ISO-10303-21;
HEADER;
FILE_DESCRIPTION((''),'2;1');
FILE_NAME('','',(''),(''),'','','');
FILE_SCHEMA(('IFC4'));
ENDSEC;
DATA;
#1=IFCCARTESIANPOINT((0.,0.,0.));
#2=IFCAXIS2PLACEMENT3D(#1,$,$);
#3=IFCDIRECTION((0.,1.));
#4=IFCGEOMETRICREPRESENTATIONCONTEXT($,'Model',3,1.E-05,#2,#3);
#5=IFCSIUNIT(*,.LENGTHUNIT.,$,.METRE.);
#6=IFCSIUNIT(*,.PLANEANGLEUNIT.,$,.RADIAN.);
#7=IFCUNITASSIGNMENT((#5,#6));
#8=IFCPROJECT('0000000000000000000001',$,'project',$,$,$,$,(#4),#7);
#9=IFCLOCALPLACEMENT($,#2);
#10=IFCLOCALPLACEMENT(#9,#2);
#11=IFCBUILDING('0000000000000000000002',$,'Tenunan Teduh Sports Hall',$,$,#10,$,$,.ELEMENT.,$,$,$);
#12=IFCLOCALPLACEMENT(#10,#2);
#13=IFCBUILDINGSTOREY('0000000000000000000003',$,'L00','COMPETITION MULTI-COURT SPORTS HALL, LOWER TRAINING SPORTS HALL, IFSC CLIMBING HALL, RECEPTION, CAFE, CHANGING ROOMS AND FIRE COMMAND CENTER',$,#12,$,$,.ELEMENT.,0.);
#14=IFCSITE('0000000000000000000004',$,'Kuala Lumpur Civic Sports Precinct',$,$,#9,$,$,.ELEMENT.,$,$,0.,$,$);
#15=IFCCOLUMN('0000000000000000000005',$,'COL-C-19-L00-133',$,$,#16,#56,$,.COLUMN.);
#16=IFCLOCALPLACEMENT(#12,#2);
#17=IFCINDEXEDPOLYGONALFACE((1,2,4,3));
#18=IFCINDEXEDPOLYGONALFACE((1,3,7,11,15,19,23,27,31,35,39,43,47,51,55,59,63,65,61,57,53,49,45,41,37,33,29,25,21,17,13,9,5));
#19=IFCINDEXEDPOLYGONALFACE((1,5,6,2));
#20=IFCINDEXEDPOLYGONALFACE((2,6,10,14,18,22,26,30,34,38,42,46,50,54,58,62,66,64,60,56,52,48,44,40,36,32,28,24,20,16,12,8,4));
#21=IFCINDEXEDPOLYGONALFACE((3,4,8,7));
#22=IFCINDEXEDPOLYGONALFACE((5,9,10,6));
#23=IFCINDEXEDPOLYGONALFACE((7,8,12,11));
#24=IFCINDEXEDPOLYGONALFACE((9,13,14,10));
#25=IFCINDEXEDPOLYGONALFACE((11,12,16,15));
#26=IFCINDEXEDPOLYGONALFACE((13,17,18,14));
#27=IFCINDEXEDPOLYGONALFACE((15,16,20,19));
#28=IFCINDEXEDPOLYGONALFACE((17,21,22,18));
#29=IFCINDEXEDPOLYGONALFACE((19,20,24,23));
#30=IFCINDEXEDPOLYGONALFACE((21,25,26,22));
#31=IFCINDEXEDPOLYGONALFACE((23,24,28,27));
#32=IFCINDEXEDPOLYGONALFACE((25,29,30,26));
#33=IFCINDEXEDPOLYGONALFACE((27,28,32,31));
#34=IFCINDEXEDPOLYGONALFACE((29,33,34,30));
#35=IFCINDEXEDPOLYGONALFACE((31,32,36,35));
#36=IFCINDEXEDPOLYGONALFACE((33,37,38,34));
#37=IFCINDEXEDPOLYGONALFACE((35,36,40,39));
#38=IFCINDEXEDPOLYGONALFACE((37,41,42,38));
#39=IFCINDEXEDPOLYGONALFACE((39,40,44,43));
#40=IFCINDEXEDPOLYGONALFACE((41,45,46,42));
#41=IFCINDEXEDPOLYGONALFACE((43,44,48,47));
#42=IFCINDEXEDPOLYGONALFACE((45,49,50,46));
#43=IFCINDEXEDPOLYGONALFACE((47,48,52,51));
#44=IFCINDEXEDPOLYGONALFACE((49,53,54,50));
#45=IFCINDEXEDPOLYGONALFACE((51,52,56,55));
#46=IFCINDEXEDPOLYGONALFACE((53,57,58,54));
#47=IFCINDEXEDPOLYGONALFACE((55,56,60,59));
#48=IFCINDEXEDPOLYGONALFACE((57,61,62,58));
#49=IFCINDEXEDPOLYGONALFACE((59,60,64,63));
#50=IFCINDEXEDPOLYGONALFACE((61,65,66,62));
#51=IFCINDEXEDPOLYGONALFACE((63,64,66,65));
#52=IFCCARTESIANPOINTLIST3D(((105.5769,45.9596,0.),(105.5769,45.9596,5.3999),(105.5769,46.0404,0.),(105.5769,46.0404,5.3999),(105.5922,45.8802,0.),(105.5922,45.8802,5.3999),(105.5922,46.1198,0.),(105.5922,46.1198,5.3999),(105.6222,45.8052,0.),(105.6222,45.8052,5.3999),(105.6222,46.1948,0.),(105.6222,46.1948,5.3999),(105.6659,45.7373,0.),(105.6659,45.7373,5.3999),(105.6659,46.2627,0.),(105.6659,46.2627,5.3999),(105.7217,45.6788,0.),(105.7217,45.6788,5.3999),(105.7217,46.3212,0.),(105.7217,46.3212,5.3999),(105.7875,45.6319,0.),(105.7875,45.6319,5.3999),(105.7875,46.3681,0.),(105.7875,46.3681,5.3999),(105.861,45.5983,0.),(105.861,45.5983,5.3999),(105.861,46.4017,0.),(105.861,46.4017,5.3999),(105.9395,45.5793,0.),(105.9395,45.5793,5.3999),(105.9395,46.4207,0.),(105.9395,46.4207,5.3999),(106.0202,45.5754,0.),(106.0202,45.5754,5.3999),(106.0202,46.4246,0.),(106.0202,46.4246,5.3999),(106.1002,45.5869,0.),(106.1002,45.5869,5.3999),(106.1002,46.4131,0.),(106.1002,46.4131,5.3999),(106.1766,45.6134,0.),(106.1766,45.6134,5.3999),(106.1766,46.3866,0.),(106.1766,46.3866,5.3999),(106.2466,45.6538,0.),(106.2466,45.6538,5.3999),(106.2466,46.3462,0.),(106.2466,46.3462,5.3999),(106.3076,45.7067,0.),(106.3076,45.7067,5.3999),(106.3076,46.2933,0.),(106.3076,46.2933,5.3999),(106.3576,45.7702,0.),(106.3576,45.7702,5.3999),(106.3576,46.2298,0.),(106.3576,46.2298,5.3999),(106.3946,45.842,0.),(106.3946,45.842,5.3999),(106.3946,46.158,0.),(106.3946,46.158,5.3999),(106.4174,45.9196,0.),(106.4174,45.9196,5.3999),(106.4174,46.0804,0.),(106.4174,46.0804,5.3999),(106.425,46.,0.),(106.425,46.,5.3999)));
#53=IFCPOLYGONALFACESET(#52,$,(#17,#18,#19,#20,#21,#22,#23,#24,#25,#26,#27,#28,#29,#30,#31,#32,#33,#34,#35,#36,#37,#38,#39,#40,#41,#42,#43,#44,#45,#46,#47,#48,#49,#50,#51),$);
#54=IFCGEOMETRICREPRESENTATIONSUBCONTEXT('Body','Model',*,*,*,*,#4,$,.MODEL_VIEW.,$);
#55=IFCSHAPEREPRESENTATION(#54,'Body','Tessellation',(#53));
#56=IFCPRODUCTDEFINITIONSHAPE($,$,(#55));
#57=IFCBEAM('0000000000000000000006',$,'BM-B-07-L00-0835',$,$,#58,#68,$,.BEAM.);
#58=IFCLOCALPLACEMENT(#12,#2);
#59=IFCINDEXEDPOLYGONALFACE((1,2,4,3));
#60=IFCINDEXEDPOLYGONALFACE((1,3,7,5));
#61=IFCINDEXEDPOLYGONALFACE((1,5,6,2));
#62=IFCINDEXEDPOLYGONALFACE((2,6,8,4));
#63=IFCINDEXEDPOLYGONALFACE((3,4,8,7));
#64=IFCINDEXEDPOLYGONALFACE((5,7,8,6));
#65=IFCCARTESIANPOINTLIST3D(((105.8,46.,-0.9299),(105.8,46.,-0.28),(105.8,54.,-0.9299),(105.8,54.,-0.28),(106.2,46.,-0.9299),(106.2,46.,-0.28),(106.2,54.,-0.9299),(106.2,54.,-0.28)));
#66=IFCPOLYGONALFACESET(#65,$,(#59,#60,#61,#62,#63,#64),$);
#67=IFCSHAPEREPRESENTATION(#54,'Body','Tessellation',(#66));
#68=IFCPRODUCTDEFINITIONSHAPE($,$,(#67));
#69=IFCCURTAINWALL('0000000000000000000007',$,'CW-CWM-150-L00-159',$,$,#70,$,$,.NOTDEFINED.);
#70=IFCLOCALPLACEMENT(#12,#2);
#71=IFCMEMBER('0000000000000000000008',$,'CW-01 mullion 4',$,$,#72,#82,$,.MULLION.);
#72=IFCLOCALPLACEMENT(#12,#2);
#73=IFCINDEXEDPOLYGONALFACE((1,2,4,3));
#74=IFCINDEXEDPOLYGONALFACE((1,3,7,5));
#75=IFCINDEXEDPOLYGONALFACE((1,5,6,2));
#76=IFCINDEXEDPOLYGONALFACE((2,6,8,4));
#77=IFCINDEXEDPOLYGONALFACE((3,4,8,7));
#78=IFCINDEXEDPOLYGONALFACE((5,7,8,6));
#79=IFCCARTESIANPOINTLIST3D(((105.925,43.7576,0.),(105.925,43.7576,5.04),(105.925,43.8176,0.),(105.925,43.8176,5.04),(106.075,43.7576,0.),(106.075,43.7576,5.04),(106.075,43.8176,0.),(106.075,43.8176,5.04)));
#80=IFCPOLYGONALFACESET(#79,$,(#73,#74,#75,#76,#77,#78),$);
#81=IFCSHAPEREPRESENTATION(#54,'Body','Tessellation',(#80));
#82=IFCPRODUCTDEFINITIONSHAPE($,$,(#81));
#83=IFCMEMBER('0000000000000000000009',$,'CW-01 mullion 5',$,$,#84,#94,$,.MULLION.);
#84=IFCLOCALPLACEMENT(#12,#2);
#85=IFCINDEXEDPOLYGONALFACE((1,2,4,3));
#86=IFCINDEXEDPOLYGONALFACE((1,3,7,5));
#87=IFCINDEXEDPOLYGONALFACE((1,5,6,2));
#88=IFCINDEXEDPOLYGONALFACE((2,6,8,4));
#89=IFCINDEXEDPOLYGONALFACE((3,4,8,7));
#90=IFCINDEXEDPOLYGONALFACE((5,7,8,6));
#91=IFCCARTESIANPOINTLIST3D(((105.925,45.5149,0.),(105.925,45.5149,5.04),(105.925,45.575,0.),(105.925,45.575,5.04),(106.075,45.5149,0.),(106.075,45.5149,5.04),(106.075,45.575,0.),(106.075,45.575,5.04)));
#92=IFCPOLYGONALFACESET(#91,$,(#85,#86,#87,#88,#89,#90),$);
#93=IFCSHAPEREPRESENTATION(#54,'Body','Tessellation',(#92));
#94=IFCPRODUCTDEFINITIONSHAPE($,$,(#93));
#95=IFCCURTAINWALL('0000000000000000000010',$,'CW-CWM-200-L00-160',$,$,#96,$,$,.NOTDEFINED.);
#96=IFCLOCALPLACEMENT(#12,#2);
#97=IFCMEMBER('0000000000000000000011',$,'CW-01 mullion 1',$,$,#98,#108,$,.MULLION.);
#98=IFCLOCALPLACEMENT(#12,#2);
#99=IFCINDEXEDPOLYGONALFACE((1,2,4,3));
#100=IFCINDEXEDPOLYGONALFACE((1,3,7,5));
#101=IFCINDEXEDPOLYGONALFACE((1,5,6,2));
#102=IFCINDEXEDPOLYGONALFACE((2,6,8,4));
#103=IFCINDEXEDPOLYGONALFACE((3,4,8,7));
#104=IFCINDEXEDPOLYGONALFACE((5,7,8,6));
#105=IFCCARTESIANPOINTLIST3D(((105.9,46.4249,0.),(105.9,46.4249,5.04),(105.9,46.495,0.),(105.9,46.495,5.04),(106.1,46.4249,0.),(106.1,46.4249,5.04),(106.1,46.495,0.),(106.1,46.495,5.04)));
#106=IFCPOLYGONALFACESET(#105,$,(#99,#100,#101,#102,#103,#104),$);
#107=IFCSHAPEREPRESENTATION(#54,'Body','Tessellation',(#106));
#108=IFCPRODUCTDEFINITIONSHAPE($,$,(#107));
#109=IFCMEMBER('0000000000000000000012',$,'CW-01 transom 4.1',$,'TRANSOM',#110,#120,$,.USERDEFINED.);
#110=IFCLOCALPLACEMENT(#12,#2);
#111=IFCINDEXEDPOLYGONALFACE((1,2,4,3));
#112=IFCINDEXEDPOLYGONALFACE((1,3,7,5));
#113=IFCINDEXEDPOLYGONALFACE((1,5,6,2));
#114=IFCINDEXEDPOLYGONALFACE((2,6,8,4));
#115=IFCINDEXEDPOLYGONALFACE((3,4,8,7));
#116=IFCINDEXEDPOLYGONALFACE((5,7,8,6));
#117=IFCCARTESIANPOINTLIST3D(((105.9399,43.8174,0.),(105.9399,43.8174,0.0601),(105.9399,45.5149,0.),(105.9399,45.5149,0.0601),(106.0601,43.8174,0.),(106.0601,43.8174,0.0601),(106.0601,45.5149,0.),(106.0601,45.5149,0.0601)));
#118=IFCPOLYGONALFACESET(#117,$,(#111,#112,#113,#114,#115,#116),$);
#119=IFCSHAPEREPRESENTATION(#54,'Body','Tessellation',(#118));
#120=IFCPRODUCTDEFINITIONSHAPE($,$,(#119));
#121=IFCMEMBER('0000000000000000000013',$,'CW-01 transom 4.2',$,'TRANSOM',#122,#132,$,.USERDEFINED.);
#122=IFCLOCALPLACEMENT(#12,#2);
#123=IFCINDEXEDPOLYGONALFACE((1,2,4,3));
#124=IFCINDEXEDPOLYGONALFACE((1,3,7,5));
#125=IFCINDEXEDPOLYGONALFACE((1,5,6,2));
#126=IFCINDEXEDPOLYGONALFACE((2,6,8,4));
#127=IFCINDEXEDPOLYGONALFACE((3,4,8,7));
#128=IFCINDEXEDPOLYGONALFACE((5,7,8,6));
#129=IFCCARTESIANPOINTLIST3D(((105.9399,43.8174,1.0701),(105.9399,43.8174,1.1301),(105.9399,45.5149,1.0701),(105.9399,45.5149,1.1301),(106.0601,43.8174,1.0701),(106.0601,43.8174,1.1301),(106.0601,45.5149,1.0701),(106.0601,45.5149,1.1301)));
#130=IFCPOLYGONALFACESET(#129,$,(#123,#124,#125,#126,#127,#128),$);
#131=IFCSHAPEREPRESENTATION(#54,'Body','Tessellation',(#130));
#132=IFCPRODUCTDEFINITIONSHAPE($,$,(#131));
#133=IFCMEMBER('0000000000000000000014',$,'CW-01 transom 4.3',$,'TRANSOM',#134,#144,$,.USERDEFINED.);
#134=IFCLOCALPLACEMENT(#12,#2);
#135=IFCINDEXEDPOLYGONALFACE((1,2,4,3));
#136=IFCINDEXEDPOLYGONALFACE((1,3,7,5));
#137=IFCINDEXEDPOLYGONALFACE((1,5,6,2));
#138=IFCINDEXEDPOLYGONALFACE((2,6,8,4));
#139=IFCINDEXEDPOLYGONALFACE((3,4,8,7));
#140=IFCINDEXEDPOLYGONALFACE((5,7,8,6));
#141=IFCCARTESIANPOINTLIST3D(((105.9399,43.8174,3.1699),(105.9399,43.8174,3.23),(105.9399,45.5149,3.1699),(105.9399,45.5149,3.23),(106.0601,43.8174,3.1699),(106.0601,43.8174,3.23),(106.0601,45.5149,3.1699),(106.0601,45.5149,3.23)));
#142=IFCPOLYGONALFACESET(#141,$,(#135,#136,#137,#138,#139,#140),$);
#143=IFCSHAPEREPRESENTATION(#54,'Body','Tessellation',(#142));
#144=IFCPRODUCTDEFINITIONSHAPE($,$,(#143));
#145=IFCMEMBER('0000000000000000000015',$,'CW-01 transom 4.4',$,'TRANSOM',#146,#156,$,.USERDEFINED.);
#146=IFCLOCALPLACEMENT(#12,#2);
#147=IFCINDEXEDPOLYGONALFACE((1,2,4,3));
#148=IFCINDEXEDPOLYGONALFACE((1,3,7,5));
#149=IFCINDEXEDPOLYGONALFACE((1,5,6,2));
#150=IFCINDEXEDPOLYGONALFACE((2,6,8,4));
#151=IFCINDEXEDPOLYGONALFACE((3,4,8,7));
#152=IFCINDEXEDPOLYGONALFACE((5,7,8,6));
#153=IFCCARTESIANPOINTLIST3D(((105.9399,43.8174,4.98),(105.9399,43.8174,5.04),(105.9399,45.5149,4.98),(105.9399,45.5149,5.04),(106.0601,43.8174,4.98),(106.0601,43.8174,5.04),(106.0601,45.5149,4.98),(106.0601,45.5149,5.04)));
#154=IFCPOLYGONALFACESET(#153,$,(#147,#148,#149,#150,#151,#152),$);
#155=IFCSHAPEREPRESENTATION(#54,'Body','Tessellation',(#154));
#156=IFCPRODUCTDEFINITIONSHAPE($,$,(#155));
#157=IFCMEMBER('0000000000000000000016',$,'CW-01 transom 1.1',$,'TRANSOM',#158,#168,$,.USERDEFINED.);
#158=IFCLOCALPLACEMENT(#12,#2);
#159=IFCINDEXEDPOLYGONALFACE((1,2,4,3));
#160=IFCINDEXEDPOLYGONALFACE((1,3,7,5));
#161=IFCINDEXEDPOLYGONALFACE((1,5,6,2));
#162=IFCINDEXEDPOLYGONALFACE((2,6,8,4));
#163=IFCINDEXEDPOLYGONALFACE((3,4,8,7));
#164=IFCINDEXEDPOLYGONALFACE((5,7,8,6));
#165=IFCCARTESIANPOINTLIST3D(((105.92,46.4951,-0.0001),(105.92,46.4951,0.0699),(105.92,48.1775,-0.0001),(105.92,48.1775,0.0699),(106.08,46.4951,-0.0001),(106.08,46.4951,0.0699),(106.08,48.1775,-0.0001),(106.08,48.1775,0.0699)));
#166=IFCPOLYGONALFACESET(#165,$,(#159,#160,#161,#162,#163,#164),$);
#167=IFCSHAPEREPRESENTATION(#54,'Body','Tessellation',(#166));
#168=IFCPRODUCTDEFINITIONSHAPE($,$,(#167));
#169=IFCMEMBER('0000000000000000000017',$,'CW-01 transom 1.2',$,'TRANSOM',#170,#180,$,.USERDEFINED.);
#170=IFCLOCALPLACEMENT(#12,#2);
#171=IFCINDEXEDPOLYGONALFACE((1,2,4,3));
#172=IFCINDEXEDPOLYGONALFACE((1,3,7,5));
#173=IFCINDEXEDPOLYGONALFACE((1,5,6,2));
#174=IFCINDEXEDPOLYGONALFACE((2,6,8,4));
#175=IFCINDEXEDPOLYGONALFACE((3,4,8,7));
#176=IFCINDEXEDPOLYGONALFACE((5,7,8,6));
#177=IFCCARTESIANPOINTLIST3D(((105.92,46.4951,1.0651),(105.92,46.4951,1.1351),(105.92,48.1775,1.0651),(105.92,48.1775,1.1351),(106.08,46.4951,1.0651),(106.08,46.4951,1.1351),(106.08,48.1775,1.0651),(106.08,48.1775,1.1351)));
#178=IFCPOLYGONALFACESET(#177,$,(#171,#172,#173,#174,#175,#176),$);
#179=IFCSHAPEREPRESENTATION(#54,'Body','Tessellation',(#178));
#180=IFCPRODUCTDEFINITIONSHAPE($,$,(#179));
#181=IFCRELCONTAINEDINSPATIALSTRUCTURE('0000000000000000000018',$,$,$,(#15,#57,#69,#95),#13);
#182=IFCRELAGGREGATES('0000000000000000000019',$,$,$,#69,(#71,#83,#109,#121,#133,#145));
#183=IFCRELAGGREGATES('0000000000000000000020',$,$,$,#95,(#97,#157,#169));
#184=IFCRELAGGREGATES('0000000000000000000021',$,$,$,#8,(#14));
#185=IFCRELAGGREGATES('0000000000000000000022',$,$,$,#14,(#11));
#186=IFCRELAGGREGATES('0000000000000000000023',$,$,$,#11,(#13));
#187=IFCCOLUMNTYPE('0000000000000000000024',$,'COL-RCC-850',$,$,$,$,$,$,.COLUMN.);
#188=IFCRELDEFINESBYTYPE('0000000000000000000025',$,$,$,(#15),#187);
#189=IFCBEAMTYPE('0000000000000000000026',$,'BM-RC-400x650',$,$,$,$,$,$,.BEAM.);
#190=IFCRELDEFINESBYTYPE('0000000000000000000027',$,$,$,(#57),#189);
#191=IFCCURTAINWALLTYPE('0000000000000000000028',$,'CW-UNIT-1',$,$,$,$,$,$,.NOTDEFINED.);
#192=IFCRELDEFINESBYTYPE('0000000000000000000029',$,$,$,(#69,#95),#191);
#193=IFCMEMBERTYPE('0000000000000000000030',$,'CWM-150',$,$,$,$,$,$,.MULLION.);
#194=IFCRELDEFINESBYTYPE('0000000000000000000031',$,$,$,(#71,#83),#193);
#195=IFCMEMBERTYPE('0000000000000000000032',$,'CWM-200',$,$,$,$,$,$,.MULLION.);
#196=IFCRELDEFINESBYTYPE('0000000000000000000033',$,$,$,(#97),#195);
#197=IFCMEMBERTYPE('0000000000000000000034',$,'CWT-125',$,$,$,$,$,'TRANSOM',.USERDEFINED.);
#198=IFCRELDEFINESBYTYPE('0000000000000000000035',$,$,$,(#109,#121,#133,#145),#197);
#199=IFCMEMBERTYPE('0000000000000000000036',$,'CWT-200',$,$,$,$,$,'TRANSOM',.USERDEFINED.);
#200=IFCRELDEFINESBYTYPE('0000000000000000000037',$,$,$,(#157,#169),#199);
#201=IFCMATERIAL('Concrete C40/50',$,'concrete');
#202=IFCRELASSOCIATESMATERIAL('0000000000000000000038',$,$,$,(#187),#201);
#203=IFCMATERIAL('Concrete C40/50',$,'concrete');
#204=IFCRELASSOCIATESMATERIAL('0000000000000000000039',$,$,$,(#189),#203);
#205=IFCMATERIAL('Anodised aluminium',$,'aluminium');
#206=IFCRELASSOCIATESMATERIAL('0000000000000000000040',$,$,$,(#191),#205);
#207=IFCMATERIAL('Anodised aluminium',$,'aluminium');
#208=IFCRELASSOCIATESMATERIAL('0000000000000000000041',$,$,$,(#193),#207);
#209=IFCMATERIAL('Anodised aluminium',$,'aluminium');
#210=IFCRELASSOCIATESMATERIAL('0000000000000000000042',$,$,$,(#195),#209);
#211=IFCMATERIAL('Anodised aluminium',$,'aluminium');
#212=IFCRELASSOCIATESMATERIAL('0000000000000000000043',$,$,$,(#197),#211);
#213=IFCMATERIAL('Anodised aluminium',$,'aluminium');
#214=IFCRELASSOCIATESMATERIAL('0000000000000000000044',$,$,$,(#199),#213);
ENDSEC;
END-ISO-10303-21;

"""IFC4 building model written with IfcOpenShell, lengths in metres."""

from ifc_helpers import new_model, si_unit, direction, frame, origin, origin_2d, place, context, subcontext, project, spatial, rectangle, circle, extrude, material, material_profile, profile_set, type_object, element, aggregate, save


model = new_model("IFC4")

# Units and contexts
model_context = context("Model", 3, precision=1e-05, world=origin(), true_north=direction((0.0, 1.0)))
body_context = subcontext(model_context, "Body", "Model", "MODEL_VIEW")
ifc_project = project(units=[si_unit("LENGTHUNIT", "METRE"), si_unit("PLANEANGLEUNIT", "RADIAN")], contexts=[model_context])

# Site, building, storey
site_placement = place(None, origin())
site = spatial("IfcSite", under=ifc_project, at=site_placement, Name="Kuala Lumpur Civic Sports Precinct", CompositionType="ELEMENT", RefElevation=0.0)
building_placement = place(site_placement, origin())
building = spatial("IfcBuilding", under=site, at=building_placement, Name="Tenunan Teduh Sports Hall", CompositionType="ELEMENT")
storey_placement = place(building_placement, origin())
storey = spatial("IfcBuildingStorey", under=building, at=storey_placement, Name="L00", Description="COMPETITION MULTI-COURT SPORTS HALL, LOWER TRAINING SPORTS HALL, IFSC CLIMBING HALL, RECEPTION, CAFE, CHANGING ROOMS AND FIRE COMMAND CENTER", CompositionType="ELEMENT", Elevation=0.0)

# Column
ifc_material_1 = material(Name="Concrete C40/50", Category="concrete")
ifc_material_profile_1 = material_profile(ifc_material_1, circle(Radius=0.425, at=origin_2d()), Name="RCC D850")
ifc_profile_set_1 = profile_set([ifc_material_profile_1], Name="Concrete C40/50")
column_type = type_object("IfcColumnType", Name="COL-RCC-850", PredefinedType="COLUMN", material=ifc_profile_set_1)
column_placement = place(storey_placement, frame((106.0, 46.0, 0.0), z_axis=(0.0, 0.0, 1.0), x_axis=(1.0, 0.0, 0.0)))
element("IfcColumn", 1, at=column_placement, inside=storey, type_object=column_type, Name="COL-C-19-L00-133", PredefinedType="COLUMN", context=body_context, shape_type="SweptSolid", body=[
    extrude(circle(Radius=0.425, at=origin_2d()), origin(), (0.0, 0.0, 1.0), 5.3999),
])

# Beam
ifc_material_2 = material(Name="Concrete C40/50", Category="concrete")
ifc_material_profile_2 = material_profile(ifc_material_2, rectangle(XDim=0.3999, YDim=0.6499, at=origin_2d()), Name="RCB 400x650")
ifc_profile_set_2 = profile_set([ifc_material_profile_2], Name="Concrete C40/50")
beam_type_1 = type_object("IfcBeamType", Name="BM-RC-400x650", PredefinedType="BEAM", material=ifc_profile_set_2)
beam_1_placement = place(storey_placement, frame((106.0, 46.0, -0.605), z_axis=(0.0, 1.0, 0.0), x_axis=(-1.0, 0.0, 0.0)))
element("IfcBeam", 2, at=beam_1_placement, inside=storey, type_object=beam_type_1, Name="BM-B-07-L00-0835", PredefinedType="BEAM", context=body_context, shape_type="SweptSolid", body=[
    extrude(rectangle(XDim=0.3999, YDim=0.6499, at=origin_2d()), origin(), (0.0, 0.0, 1.0), 8.0),
])

# Curtain wall, members
ifc_material_3 = material(Name="Anodised aluminium", Category="aluminium")
curtain_wall_type = type_object("IfcCurtainWallType", Name="CW-UNIT-1", PredefinedType="NOTDEFINED", material=ifc_material_3)
curtain_wall_1_placement = place(storey_placement, origin())
curtain_wall_1 = element("IfcCurtainWall", 3, at=curtain_wall_1_placement, inside=storey, type_object=curtain_wall_type, Name="CW-CWM-150-L00-159", PredefinedType="NOTDEFINED")
ifc_material_4 = material(Name="Anodised aluminium", Category="aluminium")
ifc_material_profile_3 = material_profile(ifc_material_4, rectangle(XDim=0.0601, YDim=0.1499, at=origin_2d()), Name="CWM 60x150")
ifc_profile_set_3 = profile_set([ifc_material_profile_3], Name="Anodised aluminium")
member_type_1 = type_object("IfcMemberType", Name="CWM-150", PredefinedType="MULLION", material=ifc_profile_set_3)
member_1_placement = place(storey_placement, frame((106.0, 43.7876, 0.0), z_axis=(0.0, 0.0, 1.0), x_axis=(0.0, 1.0, 0.0)))
member_1 = element("IfcMember", 4, at=member_1_placement, type_object=member_type_1, Name="CW-01 mullion 4", PredefinedType="MULLION", context=body_context, shape_type="SweptSolid", body=[
    extrude(rectangle(XDim=0.0601, YDim=0.1499, at=origin_2d()), origin(), (0.0, 0.0, 1.0), 5.04),
])
member_2_placement = place(storey_placement, frame((106.0, 45.5449, 0.0), z_axis=(0.0, 0.0, 1.0), x_axis=(0.0, 1.0, 0.0)))
member_2 = element("IfcMember", 5, at=member_2_placement, type_object=member_type_1, Name="CW-01 mullion 5", PredefinedType="MULLION", context=body_context, shape_type="SweptSolid", body=[
    extrude(rectangle(XDim=0.0601, YDim=0.1499, at=origin_2d()), origin(), (0.0, 0.0, 1.0), 5.04),
])

# Curtain wall, member
curtain_wall_2_placement = place(storey_placement, origin())
curtain_wall_2 = element("IfcCurtainWall", 6, at=curtain_wall_2_placement, inside=storey, type_object=curtain_wall_type, Name="CW-CWM-200-L00-160", PredefinedType="NOTDEFINED")
ifc_material_5 = material(Name="Anodised aluminium", Category="aluminium")
ifc_material_profile_4 = material_profile(ifc_material_5, rectangle(XDim=0.0701, YDim=0.2, at=origin_2d()), Name="CWM 70x200")
ifc_profile_set_4 = profile_set([ifc_material_profile_4], Name="Anodised aluminium")
member_type_2 = type_object("IfcMemberType", Name="CWM-200", PredefinedType="MULLION", material=ifc_profile_set_4)
member_3_placement = place(storey_placement, frame((106.0, 46.46, 0.0), z_axis=(0.0, 0.0, 1.0), x_axis=(0.0, 1.0, 0.0)))
member_3 = element("IfcMember", 7, at=member_3_placement, type_object=member_type_2, Name="CW-01 mullion 1", PredefinedType="MULLION", context=body_context, shape_type="SweptSolid", body=[
    extrude(rectangle(XDim=0.0701, YDim=0.2, at=origin_2d()), origin(), (0.0, 0.0, 1.0), 5.04),
])

# Members
ifc_material_6 = material(Name="Anodised aluminium", Category="aluminium")
ifc_material_profile_5 = material_profile(ifc_material_6, rectangle(XDim=0.0601, YDim=0.1201, at=origin_2d()), Name="CWT 60x120")
ifc_profile_set_5 = profile_set([ifc_material_profile_5], Name="Anodised aluminium")
member_type_3 = type_object("IfcMemberType", Name="CWT-125", ElementType="TRANSOM", PredefinedType="USERDEFINED", material=ifc_profile_set_5)
member_4_placement = place(storey_placement, frame((106.0, 43.8174, 0.03), z_axis=(0.0, 1.0, 0.0), x_axis=(0.0, 0.0, 1.0)))
member_4 = element("IfcMember", 8, at=member_4_placement, type_object=member_type_3, Name="CW-01 transom 4.1", ObjectType="TRANSOM", PredefinedType="USERDEFINED", context=body_context, shape_type="SweptSolid", body=[
    extrude(rectangle(XDim=0.0601, YDim=0.1201, at=origin_2d()), origin(), (0.0, 0.0, 1.0), 1.6975),
])
member_5_placement = place(storey_placement, frame((106.0, 43.8174, 1.1001), z_axis=(0.0, 1.0, 0.0), x_axis=(0.0, 0.0, 1.0)))
member_5 = element("IfcMember", 9, at=member_5_placement, type_object=member_type_3, Name="CW-01 transom 4.2", ObjectType="TRANSOM", PredefinedType="USERDEFINED", context=body_context, shape_type="SweptSolid", body=[
    extrude(rectangle(XDim=0.0601, YDim=0.1201, at=origin_2d()), origin(), (0.0, 0.0, 1.0), 1.6975),
])
member_6_placement = place(storey_placement, frame((106.0, 43.8174, 3.2), z_axis=(0.0, 1.0, 0.0), x_axis=(0.0, 0.0, 1.0)))
member_6 = element("IfcMember", 10, at=member_6_placement, type_object=member_type_3, Name="CW-01 transom 4.3", ObjectType="TRANSOM", PredefinedType="USERDEFINED", context=body_context, shape_type="SweptSolid", body=[
    extrude(rectangle(XDim=0.0601, YDim=0.1201, at=origin_2d()), origin(), (0.0, 0.0, 1.0), 1.6975),
])
member_7_placement = place(storey_placement, frame((106.0, 43.8174, 5.01), z_axis=(0.0, 1.0, 0.0), x_axis=(0.0, 0.0, 1.0)))
member_7 = element("IfcMember", 11, at=member_7_placement, type_object=member_type_3, Name="CW-01 transom 4.4", ObjectType="TRANSOM", PredefinedType="USERDEFINED", context=body_context, shape_type="SweptSolid", body=[
    extrude(rectangle(XDim=0.0601, YDim=0.1201, at=origin_2d()), origin(), (0.0, 0.0, 1.0), 1.6975),
])
ifc_material_7 = material(Name="Anodised aluminium", Category="aluminium")
ifc_material_profile_6 = material_profile(ifc_material_7, rectangle(XDim=0.0701, YDim=0.1599, at=origin_2d()), Name="CWT 70x160")
ifc_profile_set_6 = profile_set([ifc_material_profile_6], Name="Anodised aluminium")
member_type_4 = type_object("IfcMemberType", Name="CWT-200", ElementType="TRANSOM", PredefinedType="USERDEFINED", material=ifc_profile_set_6)
member_8_placement = place(storey_placement, frame((106.0, 46.4951, 0.0349), z_axis=(0.0, 1.0, 0.0), x_axis=(0.0, 0.0, 1.0)))
member_8 = element("IfcMember", 12, at=member_8_placement, type_object=member_type_4, Name="CW-01 transom 1.1", ObjectType="TRANSOM", PredefinedType="USERDEFINED", context=body_context, shape_type="SweptSolid", body=[
    extrude(rectangle(XDim=0.0701, YDim=0.1599, at=origin_2d()), origin(), (0.0, 0.0, 1.0), 1.6824),
])
member_9_placement = place(storey_placement, frame((106.0, 46.4951, 1.1001), z_axis=(0.0, 1.0, 0.0), x_axis=(0.0, 0.0, 1.0)))
member_9 = element("IfcMember", 13, at=member_9_placement, type_object=member_type_4, Name="CW-01 transom 1.2", ObjectType="TRANSOM", PredefinedType="USERDEFINED", context=body_context, shape_type="SweptSolid", body=[
    extrude(rectangle(XDim=0.0701, YDim=0.1599, at=origin_2d()), origin(), (0.0, 0.0, 1.0), 1.6824),
])

aggregate(curtain_wall_1, [member_1, member_2, member_4, member_5, member_6, member_7])
aggregate(curtain_wall_2, [member_3, member_8, member_9])

save(model, "model.ifc")
